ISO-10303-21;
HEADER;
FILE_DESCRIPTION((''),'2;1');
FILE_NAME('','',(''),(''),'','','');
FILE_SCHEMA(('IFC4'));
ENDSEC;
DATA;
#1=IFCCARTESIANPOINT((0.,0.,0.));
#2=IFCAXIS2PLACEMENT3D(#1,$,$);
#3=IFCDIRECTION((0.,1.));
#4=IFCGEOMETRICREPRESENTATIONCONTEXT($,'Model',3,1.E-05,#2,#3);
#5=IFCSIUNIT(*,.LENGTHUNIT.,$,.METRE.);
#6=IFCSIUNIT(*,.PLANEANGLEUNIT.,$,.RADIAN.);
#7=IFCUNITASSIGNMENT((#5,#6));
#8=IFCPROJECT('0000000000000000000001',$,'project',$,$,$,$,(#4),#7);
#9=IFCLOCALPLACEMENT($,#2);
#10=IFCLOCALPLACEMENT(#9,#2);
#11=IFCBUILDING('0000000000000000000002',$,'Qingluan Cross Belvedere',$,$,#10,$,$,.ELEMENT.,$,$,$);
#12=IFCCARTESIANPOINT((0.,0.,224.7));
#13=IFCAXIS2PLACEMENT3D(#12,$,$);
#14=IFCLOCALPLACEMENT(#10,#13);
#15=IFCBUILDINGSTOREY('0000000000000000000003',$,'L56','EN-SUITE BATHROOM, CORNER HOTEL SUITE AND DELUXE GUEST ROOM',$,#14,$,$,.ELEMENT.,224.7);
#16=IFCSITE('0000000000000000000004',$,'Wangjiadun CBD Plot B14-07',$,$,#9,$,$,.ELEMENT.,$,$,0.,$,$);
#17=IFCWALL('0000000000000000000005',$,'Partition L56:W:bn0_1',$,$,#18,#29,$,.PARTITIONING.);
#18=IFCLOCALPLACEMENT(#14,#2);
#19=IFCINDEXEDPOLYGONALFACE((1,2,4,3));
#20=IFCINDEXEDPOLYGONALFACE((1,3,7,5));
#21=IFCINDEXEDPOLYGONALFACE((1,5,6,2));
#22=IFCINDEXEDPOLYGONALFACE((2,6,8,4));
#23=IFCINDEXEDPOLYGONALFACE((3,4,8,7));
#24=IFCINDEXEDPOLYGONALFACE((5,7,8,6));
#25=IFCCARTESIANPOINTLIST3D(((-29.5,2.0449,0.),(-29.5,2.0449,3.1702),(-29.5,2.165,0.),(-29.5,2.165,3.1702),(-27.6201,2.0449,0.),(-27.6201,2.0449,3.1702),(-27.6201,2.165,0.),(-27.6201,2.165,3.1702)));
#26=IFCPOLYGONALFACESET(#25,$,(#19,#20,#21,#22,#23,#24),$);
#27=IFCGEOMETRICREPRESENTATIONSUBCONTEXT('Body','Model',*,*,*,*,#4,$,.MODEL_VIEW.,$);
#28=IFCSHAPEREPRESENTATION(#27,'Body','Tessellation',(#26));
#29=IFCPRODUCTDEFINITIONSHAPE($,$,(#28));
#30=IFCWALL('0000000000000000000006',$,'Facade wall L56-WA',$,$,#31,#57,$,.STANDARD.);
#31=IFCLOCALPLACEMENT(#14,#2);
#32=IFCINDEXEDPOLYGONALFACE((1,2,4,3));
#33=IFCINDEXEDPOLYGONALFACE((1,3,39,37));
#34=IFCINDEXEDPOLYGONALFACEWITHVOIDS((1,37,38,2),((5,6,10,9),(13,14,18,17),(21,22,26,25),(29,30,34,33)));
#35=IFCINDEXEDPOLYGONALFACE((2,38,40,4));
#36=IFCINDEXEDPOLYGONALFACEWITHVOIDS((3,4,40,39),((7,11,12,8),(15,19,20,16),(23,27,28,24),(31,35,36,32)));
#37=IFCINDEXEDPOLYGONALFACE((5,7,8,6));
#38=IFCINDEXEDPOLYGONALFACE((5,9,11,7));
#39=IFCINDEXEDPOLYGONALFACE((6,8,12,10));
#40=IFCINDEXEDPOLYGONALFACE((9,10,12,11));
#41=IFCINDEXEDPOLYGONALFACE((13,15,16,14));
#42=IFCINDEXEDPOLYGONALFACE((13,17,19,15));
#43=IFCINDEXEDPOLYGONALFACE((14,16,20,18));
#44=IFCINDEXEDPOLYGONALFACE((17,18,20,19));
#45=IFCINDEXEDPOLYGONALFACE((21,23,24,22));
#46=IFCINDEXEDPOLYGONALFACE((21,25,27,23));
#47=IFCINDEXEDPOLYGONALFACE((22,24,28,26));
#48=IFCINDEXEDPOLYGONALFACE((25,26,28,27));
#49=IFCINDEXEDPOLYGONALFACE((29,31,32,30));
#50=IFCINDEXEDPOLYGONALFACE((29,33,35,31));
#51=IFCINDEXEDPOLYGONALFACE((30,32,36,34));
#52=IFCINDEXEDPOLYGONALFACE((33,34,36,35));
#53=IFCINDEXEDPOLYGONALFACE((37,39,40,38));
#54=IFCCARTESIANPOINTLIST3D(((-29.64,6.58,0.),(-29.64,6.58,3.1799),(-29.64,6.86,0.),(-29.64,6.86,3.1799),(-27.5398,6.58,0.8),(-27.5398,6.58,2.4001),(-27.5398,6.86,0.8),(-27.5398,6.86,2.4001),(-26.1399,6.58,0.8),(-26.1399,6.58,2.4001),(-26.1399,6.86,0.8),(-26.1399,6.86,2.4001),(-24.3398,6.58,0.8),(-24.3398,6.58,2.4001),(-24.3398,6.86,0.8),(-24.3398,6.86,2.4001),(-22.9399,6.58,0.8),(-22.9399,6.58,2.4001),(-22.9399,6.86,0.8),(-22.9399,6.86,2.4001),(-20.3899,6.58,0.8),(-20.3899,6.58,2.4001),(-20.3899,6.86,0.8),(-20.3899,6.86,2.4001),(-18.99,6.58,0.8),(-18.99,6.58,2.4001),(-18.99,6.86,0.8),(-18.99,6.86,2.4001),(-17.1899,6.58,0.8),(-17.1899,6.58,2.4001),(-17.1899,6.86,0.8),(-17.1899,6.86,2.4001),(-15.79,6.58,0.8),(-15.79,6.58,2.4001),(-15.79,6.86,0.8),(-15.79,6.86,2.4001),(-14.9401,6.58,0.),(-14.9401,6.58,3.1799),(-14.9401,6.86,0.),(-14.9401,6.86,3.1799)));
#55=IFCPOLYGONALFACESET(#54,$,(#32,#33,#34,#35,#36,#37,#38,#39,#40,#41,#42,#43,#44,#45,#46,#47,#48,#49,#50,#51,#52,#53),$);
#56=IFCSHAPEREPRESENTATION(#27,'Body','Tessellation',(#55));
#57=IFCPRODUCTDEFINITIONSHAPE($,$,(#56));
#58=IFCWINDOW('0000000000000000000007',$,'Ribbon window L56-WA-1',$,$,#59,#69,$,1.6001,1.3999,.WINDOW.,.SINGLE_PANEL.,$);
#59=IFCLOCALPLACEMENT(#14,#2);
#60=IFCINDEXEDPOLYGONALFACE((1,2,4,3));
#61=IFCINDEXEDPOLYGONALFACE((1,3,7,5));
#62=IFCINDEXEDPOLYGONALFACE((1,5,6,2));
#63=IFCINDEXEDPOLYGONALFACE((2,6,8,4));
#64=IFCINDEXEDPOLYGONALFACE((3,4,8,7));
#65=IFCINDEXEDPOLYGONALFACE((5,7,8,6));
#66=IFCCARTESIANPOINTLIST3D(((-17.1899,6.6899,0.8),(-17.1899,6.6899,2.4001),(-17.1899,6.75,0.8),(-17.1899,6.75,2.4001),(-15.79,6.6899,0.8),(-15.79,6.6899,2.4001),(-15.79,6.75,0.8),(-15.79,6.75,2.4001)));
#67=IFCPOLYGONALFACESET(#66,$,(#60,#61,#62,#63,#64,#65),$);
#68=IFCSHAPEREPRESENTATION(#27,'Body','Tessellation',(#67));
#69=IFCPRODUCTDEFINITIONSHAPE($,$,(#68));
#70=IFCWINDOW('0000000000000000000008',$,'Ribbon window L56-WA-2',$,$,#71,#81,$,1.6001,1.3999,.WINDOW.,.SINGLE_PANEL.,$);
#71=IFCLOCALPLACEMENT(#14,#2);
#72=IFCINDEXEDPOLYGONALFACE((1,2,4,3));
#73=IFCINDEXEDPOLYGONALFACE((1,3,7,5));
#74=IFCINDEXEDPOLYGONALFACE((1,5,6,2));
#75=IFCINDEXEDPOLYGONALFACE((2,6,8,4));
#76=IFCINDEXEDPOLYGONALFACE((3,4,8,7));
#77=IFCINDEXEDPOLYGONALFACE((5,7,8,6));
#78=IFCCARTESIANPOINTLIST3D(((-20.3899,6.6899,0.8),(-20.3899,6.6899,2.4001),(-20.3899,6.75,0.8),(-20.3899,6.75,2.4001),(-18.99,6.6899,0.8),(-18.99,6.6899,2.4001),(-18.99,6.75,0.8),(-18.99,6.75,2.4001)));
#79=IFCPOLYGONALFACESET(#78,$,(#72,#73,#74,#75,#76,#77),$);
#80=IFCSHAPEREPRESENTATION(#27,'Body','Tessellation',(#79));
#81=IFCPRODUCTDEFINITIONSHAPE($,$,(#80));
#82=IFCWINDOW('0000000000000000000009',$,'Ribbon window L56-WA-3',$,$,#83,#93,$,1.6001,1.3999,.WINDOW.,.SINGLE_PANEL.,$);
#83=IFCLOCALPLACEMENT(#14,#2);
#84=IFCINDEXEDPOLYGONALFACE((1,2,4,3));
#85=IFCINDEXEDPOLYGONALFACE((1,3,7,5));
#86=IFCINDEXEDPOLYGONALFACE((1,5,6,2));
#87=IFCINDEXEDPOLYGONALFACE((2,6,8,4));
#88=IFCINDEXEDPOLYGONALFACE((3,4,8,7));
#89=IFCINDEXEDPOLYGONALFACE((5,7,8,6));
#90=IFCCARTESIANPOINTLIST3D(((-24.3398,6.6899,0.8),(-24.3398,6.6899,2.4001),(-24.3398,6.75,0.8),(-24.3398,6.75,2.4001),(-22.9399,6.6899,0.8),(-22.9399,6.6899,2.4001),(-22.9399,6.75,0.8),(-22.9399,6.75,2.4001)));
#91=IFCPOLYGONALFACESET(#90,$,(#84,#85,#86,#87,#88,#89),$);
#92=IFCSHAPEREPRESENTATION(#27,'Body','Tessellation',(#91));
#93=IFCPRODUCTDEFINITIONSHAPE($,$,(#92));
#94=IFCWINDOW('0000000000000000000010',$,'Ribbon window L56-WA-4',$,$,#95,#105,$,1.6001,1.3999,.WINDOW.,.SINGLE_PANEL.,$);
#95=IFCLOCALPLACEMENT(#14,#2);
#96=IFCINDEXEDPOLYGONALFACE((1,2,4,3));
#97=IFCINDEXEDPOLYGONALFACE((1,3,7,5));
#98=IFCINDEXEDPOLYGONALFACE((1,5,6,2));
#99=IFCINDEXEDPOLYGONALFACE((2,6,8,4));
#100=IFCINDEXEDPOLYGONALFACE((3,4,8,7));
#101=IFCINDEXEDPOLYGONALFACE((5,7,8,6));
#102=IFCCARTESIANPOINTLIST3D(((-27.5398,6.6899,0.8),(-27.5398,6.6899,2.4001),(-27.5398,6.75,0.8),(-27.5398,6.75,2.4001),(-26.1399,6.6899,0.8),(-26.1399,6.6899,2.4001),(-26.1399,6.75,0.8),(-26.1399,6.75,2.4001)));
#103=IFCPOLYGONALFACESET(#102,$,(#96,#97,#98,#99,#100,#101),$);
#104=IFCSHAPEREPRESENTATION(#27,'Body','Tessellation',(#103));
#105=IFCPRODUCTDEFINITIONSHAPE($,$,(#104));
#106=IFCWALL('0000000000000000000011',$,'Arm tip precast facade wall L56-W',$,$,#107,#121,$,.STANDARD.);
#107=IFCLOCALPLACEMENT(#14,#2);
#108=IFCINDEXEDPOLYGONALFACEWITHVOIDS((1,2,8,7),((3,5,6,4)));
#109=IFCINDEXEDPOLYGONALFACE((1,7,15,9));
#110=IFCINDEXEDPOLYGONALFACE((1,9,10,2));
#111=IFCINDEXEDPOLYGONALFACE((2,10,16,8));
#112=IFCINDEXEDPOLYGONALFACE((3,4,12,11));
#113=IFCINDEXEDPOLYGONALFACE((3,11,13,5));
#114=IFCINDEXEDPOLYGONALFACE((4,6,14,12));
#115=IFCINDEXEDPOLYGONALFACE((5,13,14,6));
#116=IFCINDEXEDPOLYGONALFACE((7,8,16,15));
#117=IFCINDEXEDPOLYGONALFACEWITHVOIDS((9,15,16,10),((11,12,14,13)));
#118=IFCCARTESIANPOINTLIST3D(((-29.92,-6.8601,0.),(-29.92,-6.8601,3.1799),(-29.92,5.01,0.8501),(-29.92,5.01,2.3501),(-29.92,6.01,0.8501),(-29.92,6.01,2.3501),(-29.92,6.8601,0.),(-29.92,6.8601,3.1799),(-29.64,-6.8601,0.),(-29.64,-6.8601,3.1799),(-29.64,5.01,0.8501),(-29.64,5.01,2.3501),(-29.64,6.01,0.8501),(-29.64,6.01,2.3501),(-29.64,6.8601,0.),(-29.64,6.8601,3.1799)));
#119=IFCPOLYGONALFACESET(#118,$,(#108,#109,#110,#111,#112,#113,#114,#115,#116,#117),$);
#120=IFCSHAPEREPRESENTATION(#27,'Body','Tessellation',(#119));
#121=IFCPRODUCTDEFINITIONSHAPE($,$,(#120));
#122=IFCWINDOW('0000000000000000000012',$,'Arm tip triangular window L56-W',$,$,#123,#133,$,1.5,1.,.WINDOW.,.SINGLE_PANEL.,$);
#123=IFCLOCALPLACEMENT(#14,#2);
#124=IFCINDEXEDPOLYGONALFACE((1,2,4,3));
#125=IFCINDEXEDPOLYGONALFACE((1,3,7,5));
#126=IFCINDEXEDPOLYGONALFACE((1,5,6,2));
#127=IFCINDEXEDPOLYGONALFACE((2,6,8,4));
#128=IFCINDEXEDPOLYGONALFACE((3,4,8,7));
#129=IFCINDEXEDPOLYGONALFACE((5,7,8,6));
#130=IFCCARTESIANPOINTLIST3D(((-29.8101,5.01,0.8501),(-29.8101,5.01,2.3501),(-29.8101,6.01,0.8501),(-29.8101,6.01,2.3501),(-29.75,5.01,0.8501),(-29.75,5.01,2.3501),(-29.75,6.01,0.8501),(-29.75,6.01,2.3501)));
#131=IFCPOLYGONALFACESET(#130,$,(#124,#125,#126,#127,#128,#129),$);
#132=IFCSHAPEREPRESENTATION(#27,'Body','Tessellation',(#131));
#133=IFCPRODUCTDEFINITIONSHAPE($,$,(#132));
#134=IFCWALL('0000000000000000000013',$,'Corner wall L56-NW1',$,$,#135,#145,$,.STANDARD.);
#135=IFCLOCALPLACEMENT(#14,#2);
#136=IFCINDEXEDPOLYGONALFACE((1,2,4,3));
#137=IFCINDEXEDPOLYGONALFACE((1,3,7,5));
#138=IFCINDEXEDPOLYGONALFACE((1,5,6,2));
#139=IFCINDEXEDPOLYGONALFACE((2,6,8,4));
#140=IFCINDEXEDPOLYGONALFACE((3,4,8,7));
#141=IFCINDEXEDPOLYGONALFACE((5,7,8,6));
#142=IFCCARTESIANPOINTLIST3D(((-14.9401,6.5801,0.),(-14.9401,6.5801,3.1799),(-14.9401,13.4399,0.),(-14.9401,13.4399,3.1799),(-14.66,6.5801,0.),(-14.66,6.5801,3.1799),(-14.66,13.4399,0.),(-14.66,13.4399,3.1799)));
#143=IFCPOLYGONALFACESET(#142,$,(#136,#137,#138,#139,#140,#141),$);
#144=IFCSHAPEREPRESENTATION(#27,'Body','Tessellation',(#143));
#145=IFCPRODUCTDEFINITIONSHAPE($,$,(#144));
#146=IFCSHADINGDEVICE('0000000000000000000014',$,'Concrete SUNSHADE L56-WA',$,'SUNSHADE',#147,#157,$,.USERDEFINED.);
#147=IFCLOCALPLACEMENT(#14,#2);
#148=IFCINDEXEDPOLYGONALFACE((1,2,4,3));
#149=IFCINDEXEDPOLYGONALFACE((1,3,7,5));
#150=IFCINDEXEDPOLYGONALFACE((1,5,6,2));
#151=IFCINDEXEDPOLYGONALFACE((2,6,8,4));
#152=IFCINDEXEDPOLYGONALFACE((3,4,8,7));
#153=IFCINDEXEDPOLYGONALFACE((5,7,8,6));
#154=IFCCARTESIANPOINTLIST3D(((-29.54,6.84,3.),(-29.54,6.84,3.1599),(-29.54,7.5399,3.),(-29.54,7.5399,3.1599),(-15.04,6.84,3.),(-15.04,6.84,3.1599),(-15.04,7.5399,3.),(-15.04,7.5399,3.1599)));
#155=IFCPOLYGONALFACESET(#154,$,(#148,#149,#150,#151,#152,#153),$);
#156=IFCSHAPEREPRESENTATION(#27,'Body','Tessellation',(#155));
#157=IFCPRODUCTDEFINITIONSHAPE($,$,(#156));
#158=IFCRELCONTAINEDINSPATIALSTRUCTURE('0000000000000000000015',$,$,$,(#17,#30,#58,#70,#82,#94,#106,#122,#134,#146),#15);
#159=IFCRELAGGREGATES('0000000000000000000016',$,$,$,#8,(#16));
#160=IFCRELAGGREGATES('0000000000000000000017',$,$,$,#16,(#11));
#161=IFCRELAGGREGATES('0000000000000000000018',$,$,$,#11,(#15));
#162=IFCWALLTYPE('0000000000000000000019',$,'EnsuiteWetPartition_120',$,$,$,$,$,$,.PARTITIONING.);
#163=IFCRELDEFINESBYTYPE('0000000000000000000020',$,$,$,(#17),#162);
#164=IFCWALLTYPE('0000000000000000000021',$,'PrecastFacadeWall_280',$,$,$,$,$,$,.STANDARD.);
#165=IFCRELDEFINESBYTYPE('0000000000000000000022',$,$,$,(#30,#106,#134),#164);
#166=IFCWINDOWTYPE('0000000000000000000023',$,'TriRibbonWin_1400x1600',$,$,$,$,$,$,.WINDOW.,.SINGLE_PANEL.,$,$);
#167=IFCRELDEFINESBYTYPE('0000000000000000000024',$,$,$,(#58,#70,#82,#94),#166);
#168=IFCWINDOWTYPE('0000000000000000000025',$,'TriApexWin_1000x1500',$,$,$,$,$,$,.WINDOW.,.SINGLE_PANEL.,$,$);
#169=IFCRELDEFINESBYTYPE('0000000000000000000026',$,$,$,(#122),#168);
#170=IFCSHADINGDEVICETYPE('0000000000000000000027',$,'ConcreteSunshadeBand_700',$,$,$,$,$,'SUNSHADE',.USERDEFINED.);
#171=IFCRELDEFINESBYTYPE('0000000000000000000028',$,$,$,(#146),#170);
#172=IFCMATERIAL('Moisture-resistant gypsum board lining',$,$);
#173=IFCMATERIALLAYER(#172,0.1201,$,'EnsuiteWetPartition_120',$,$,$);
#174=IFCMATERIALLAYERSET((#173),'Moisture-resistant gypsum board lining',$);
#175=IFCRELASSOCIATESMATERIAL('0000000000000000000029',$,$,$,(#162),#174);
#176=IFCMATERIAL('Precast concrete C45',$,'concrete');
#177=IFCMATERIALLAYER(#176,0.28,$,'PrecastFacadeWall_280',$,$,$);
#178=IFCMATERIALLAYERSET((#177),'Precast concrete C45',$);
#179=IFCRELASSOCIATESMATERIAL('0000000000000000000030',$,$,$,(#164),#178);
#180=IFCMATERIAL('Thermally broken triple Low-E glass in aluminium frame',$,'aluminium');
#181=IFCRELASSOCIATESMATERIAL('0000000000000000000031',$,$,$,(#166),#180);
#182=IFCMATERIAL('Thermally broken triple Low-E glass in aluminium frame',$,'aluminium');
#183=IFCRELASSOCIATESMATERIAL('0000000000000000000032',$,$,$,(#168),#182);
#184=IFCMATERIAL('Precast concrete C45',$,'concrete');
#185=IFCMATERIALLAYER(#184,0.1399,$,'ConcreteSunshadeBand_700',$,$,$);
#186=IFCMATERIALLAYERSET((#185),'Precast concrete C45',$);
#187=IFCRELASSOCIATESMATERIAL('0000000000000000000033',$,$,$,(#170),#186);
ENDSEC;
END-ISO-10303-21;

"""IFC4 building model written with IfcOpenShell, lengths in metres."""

from ifc_helpers import new_model, si_unit, direction, frame, frame_2d, origin, origin_2d, place, context, subcontext, project, spatial, rectangle, extrude, material, layer, layer_set, type_object, element, fill, save


model = new_model("IFC4")

# Units and contexts
model_context = context("Model", 3, precision=1e-05, world=origin(), true_north=direction((0.0, 1.0)))
body_context = subcontext(model_context, "Body", "Model", "MODEL_VIEW")
ifc_project = project(units=[si_unit("LENGTHUNIT", "METRE"), si_unit("PLANEANGLEUNIT", "RADIAN")], contexts=[model_context])

# Site, building, storey
site_placement = place(None, origin())
site = spatial("IfcSite", under=ifc_project, at=site_placement, Name="Wangjiadun CBD Plot B14-07", CompositionType="ELEMENT", RefElevation=0.0)
building_placement = place(site_placement, origin())
building = spatial("IfcBuilding", under=site, at=building_placement, Name="Qingluan Cross Belvedere", CompositionType="ELEMENT")
storey_placement = place(building_placement, frame((0.0, 0.0, 224.7)))
storey = spatial("IfcBuildingStorey", under=building, at=storey_placement, Name="L56", Description="EN-SUITE BATHROOM, CORNER HOTEL SUITE AND DELUXE GUEST ROOM", CompositionType="ELEMENT", Elevation=224.7)

# Shared definitions
ifc_material_1 = material(Name="Moisture-resistant gypsum board lining")
ifc_layer_1 = layer(ifc_material_1, 0.1201, Name="EnsuiteWetPartition_120")
ifc_layer_set_1 = layer_set([ifc_layer_1], Name="Moisture-resistant gypsum board lining")
wall_type_1 = type_object("IfcWallType", Name="EnsuiteWetPartition_120", PredefinedType="PARTITIONING", material=ifc_layer_set_1)

# Wall
wall_1_placement = place(storey_placement, frame((-27.6201, 2.105, 0.0), z_axis=(0.0, 0.0, 1.0), x_axis=(-1.0, 0.0, 0.0)))
element("IfcWall", 1, at=wall_1_placement, inside=storey, type_object=wall_type_1, Name="Partition L56:W:bn0_1", PredefinedType="PARTITIONING", context=body_context, shape_type="SweptSolid", body=[
    extrude(rectangle(XDim=1.8799, YDim=0.1201, at=frame_2d((0.9399, 0.0))), origin(), (0.0, 0.0, 1.0), 3.1702),
])

# Wall, openings, windows
ifc_material_2 = material(Name="Precast concrete C45", Category="concrete")
ifc_layer_2 = layer(ifc_material_2, 0.28, Name="PrecastFacadeWall_280")
ifc_layer_set_2 = layer_set([ifc_layer_2], Name="Precast concrete C45")
wall_type_2 = type_object("IfcWallType", Name="PrecastFacadeWall_280", PredefinedType="STANDARD", material=ifc_layer_set_2)
wall_2_placement = place(storey_placement, frame((-14.9399, 6.72, 0.0), z_axis=(0.0, 0.0, 1.0), x_axis=(-1.0, 0.0, 0.0)))
wall_2 = element("IfcWall", 2, at=wall_2_placement, inside=storey, type_object=wall_type_2, Name="Facade wall L56-WA", PredefinedType="STANDARD", context=body_context, shape_type="SweptSolid", body=[
    extrude(rectangle(XDim=14.7, YDim=0.28, at=frame_2d((7.3501, 0.0))), origin(), (0.0, 0.0, 1.0), 3.1799),
])
opening_1_placement = place(wall_2_placement, frame((0.8501, 0.0, 0.8)))
opening_1 = element("IfcOpeningElement", 3, at=opening_1_placement, cuts=wall_2, PredefinedType="OPENING", context=body_context, shape_type="SweptSolid", body=[
    extrude(rectangle(XDim=1.3999, YDim=1.6001, at=frame_2d((0.7, 0.8))), frame((0.0, 0.1499, 0.0), z_axis=(0.0, -1.0, 0.0), x_axis=(1.0, 0.0, 0.0)), (0.0, 0.0, 1.0), 0.3),
])
opening_2_placement = place(wall_2_placement, frame((4.05, 0.0, 0.8)))
opening_2 = element("IfcOpeningElement", 4, at=opening_2_placement, cuts=wall_2, PredefinedType="OPENING", context=body_context, shape_type="SweptSolid", body=[
    extrude(rectangle(XDim=1.3999, YDim=1.6001, at=frame_2d((0.7, 0.8))), frame((0.0, 0.1499, 0.0), z_axis=(0.0, -1.0, 0.0), x_axis=(1.0, 0.0, 0.0)), (0.0, 0.0, 1.0), 0.3),
])
opening_3_placement = place(wall_2_placement, frame((8.0, 0.0, 0.8)))
opening_3 = element("IfcOpeningElement", 5, at=opening_3_placement, cuts=wall_2, PredefinedType="OPENING", context=body_context, shape_type="SweptSolid", body=[
    extrude(rectangle(XDim=1.3999, YDim=1.6001, at=frame_2d((0.7, 0.8))), frame((0.0, 0.1499, 0.0), z_axis=(0.0, -1.0, 0.0), x_axis=(1.0, 0.0, 0.0)), (0.0, 0.0, 1.0), 0.3),
])
opening_4_placement = place(wall_2_placement, frame((11.2, 0.0, 0.8)))
opening_4 = element("IfcOpeningElement", 6, at=opening_4_placement, cuts=wall_2, PredefinedType="OPENING", context=body_context, shape_type="SweptSolid", body=[
    extrude(rectangle(XDim=1.3999, YDim=1.6001, at=frame_2d((0.7, 0.8))), frame((0.0, 0.1499, 0.0), z_axis=(0.0, -1.0, 0.0), x_axis=(1.0, 0.0, 0.0)), (0.0, 0.0, 1.0), 0.3),
])
ifc_material_3 = material(Name="Thermally broken triple Low-E glass in aluminium frame", Category="aluminium")
window_type_1 = type_object("IfcWindowType", Name="TriRibbonWin_1400x1600", PartitioningType="SINGLE_PANEL", PredefinedType="WINDOW", material=ifc_material_3)
window_1_placement = place(opening_1_placement, origin())
window_1 = element("IfcWindow", 7, at=window_1_placement, inside=storey, type_object=window_type_1, Name="Ribbon window L56-WA-1", OverallHeight=1.6001, OverallWidth=1.3999, PartitioningType="SINGLE_PANEL", PredefinedType="WINDOW", context=body_context, shape_type="SweptSolid", body=[
    extrude(rectangle(XDim=1.3999, YDim=1.6001, at=frame_2d((0.7, 0.8))), frame((0.0, 0.03, 0.0), z_axis=(0.0, -1.0, 0.0), x_axis=(1.0, 0.0, 0.0)), (0.0, 0.0, 1.0), 0.0601),
])
fill(opening_1, window_1)
window_2_placement = place(opening_2_placement, origin())
window_2 = element("IfcWindow", 8, at=window_2_placement, inside=storey, type_object=window_type_1, Name="Ribbon window L56-WA-2", OverallHeight=1.6001, OverallWidth=1.3999, PartitioningType="SINGLE_PANEL", PredefinedType="WINDOW", context=body_context, shape_type="SweptSolid", body=[
    extrude(rectangle(XDim=1.3999, YDim=1.6001, at=frame_2d((0.7, 0.8))), frame((0.0, 0.03, 0.0), z_axis=(0.0, -1.0, 0.0), x_axis=(1.0, 0.0, 0.0)), (0.0, 0.0, 1.0), 0.0601),
])
fill(opening_2, window_2)
window_3_placement = place(opening_3_placement, origin())
window_3 = element("IfcWindow", 9, at=window_3_placement, inside=storey, type_object=window_type_1, Name="Ribbon window L56-WA-3", OverallHeight=1.6001, OverallWidth=1.3999, PartitioningType="SINGLE_PANEL", PredefinedType="WINDOW", context=body_context, shape_type="SweptSolid", body=[
    extrude(rectangle(XDim=1.3999, YDim=1.6001, at=frame_2d((0.7, 0.8))), frame((0.0, 0.03, 0.0), z_axis=(0.0, -1.0, 0.0), x_axis=(1.0, 0.0, 0.0)), (0.0, 0.0, 1.0), 0.0601),
])
fill(opening_3, window_3)
window_4_placement = place(opening_4_placement, origin())
window_4 = element("IfcWindow", 10, at=window_4_placement, inside=storey, type_object=window_type_1, Name="Ribbon window L56-WA-4", OverallHeight=1.6001, OverallWidth=1.3999, PartitioningType="SINGLE_PANEL", PredefinedType="WINDOW", context=body_context, shape_type="SweptSolid", body=[
    extrude(rectangle(XDim=1.3999, YDim=1.6001, at=frame_2d((0.7, 0.8))), frame((0.0, 0.03, 0.0), z_axis=(0.0, -1.0, 0.0), x_axis=(1.0, 0.0, 0.0)), (0.0, 0.0, 1.0), 0.0601),
])
fill(opening_4, window_4)

# Wall, opening, window
wall_3_placement = place(storey_placement, frame((-29.78, 6.8601, 0.0), z_axis=(0.0, 0.0, 1.0), x_axis=(0.0, -1.0, 0.0)))
wall_3 = element("IfcWall", 11, at=wall_3_placement, inside=storey, type_object=wall_type_2, Name="Arm tip precast facade wall L56-W", PredefinedType="STANDARD", context=body_context, shape_type="SweptSolid", body=[
    extrude(rectangle(XDim=13.7202, YDim=0.28, at=frame_2d((6.8601, 0.0))), origin(), (0.0, 0.0, 1.0), 3.1799),
])
opening_5_placement = place(wall_3_placement, frame((0.8501, 0.0, 0.8501)))
opening_5 = element("IfcOpeningElement", 12, at=opening_5_placement, cuts=wall_3, PredefinedType="OPENING", context=body_context, shape_type="SweptSolid", body=[
    extrude(rectangle(XDim=1.0, YDim=1.5, at=frame_2d((0.5, 0.75))), frame((0.0, 0.1499, 0.0), z_axis=(0.0, -1.0, 0.0), x_axis=(1.0, 0.0, 0.0)), (0.0, 0.0, 1.0), 0.3),
])
ifc_material_4 = material(Name="Thermally broken triple Low-E glass in aluminium frame", Category="aluminium")
window_type_2 = type_object("IfcWindowType", Name="TriApexWin_1000x1500", PartitioningType="SINGLE_PANEL", PredefinedType="WINDOW", material=ifc_material_4)
window_5_placement = place(opening_5_placement, origin())
window_5 = element("IfcWindow", 13, at=window_5_placement, inside=storey, type_object=window_type_2, Name="Arm tip triangular window L56-W", OverallHeight=1.5, OverallWidth=1.0, PartitioningType="SINGLE_PANEL", PredefinedType="WINDOW", context=body_context, shape_type="SweptSolid", body=[
    extrude(rectangle(XDim=1.0, YDim=1.5, at=frame_2d((0.5, 0.75))), frame((0.0, 0.03, 0.0), z_axis=(0.0, -1.0, 0.0), x_axis=(1.0, 0.0, 0.0)), (0.0, 0.0, 1.0), 0.0601),
])
fill(opening_5, window_5)

# Wall
wall_4_placement = place(storey_placement, frame((-14.8, 6.5801, 0.0), z_axis=(0.0, 0.0, 1.0), x_axis=(0.0, 1.0, 0.0)))
element("IfcWall", 14, at=wall_4_placement, inside=storey, type_object=wall_type_2, Name="Corner wall L56-NW1", PredefinedType="STANDARD", context=body_context, shape_type="SweptSolid", body=[
    extrude(rectangle(XDim=6.8599, YDim=0.28, at=frame_2d((3.4299, 0.0))), origin(), (0.0, 0.0, 1.0), 3.1799),
])

# Shading device
ifc_material_5 = material(Name="Precast concrete C45", Category="concrete")
ifc_layer_3 = layer(ifc_material_5, 0.1399, Name="ConcreteSunshadeBand_700")
ifc_layer_set_3 = layer_set([ifc_layer_3], Name="Precast concrete C45")
shading_device_type = type_object("IfcShadingDeviceType", Name="ConcreteSunshadeBand_700", ElementType="SUNSHADE", PredefinedType="USERDEFINED", material=ifc_layer_set_3)
shading_device_placement = place(storey_placement, frame((-22.29, 7.1899, 3.0), z_axis=(0.0, 0.0, 1.0), x_axis=(-1.0, 0.0, 0.0)))
element("IfcShadingDevice", 15, at=shading_device_placement, inside=storey, type_object=shading_device_type, Name="Concrete SUNSHADE L56-WA", ObjectType="SUNSHADE", PredefinedType="USERDEFINED", context=body_context, shape_type="SweptSolid", body=[
    extrude(rectangle(XDim=14.5, YDim=0.7, at=origin_2d()), origin(), (0.0, 0.0, 1.0), 0.1599),
])

save(model, "model.ifc")
